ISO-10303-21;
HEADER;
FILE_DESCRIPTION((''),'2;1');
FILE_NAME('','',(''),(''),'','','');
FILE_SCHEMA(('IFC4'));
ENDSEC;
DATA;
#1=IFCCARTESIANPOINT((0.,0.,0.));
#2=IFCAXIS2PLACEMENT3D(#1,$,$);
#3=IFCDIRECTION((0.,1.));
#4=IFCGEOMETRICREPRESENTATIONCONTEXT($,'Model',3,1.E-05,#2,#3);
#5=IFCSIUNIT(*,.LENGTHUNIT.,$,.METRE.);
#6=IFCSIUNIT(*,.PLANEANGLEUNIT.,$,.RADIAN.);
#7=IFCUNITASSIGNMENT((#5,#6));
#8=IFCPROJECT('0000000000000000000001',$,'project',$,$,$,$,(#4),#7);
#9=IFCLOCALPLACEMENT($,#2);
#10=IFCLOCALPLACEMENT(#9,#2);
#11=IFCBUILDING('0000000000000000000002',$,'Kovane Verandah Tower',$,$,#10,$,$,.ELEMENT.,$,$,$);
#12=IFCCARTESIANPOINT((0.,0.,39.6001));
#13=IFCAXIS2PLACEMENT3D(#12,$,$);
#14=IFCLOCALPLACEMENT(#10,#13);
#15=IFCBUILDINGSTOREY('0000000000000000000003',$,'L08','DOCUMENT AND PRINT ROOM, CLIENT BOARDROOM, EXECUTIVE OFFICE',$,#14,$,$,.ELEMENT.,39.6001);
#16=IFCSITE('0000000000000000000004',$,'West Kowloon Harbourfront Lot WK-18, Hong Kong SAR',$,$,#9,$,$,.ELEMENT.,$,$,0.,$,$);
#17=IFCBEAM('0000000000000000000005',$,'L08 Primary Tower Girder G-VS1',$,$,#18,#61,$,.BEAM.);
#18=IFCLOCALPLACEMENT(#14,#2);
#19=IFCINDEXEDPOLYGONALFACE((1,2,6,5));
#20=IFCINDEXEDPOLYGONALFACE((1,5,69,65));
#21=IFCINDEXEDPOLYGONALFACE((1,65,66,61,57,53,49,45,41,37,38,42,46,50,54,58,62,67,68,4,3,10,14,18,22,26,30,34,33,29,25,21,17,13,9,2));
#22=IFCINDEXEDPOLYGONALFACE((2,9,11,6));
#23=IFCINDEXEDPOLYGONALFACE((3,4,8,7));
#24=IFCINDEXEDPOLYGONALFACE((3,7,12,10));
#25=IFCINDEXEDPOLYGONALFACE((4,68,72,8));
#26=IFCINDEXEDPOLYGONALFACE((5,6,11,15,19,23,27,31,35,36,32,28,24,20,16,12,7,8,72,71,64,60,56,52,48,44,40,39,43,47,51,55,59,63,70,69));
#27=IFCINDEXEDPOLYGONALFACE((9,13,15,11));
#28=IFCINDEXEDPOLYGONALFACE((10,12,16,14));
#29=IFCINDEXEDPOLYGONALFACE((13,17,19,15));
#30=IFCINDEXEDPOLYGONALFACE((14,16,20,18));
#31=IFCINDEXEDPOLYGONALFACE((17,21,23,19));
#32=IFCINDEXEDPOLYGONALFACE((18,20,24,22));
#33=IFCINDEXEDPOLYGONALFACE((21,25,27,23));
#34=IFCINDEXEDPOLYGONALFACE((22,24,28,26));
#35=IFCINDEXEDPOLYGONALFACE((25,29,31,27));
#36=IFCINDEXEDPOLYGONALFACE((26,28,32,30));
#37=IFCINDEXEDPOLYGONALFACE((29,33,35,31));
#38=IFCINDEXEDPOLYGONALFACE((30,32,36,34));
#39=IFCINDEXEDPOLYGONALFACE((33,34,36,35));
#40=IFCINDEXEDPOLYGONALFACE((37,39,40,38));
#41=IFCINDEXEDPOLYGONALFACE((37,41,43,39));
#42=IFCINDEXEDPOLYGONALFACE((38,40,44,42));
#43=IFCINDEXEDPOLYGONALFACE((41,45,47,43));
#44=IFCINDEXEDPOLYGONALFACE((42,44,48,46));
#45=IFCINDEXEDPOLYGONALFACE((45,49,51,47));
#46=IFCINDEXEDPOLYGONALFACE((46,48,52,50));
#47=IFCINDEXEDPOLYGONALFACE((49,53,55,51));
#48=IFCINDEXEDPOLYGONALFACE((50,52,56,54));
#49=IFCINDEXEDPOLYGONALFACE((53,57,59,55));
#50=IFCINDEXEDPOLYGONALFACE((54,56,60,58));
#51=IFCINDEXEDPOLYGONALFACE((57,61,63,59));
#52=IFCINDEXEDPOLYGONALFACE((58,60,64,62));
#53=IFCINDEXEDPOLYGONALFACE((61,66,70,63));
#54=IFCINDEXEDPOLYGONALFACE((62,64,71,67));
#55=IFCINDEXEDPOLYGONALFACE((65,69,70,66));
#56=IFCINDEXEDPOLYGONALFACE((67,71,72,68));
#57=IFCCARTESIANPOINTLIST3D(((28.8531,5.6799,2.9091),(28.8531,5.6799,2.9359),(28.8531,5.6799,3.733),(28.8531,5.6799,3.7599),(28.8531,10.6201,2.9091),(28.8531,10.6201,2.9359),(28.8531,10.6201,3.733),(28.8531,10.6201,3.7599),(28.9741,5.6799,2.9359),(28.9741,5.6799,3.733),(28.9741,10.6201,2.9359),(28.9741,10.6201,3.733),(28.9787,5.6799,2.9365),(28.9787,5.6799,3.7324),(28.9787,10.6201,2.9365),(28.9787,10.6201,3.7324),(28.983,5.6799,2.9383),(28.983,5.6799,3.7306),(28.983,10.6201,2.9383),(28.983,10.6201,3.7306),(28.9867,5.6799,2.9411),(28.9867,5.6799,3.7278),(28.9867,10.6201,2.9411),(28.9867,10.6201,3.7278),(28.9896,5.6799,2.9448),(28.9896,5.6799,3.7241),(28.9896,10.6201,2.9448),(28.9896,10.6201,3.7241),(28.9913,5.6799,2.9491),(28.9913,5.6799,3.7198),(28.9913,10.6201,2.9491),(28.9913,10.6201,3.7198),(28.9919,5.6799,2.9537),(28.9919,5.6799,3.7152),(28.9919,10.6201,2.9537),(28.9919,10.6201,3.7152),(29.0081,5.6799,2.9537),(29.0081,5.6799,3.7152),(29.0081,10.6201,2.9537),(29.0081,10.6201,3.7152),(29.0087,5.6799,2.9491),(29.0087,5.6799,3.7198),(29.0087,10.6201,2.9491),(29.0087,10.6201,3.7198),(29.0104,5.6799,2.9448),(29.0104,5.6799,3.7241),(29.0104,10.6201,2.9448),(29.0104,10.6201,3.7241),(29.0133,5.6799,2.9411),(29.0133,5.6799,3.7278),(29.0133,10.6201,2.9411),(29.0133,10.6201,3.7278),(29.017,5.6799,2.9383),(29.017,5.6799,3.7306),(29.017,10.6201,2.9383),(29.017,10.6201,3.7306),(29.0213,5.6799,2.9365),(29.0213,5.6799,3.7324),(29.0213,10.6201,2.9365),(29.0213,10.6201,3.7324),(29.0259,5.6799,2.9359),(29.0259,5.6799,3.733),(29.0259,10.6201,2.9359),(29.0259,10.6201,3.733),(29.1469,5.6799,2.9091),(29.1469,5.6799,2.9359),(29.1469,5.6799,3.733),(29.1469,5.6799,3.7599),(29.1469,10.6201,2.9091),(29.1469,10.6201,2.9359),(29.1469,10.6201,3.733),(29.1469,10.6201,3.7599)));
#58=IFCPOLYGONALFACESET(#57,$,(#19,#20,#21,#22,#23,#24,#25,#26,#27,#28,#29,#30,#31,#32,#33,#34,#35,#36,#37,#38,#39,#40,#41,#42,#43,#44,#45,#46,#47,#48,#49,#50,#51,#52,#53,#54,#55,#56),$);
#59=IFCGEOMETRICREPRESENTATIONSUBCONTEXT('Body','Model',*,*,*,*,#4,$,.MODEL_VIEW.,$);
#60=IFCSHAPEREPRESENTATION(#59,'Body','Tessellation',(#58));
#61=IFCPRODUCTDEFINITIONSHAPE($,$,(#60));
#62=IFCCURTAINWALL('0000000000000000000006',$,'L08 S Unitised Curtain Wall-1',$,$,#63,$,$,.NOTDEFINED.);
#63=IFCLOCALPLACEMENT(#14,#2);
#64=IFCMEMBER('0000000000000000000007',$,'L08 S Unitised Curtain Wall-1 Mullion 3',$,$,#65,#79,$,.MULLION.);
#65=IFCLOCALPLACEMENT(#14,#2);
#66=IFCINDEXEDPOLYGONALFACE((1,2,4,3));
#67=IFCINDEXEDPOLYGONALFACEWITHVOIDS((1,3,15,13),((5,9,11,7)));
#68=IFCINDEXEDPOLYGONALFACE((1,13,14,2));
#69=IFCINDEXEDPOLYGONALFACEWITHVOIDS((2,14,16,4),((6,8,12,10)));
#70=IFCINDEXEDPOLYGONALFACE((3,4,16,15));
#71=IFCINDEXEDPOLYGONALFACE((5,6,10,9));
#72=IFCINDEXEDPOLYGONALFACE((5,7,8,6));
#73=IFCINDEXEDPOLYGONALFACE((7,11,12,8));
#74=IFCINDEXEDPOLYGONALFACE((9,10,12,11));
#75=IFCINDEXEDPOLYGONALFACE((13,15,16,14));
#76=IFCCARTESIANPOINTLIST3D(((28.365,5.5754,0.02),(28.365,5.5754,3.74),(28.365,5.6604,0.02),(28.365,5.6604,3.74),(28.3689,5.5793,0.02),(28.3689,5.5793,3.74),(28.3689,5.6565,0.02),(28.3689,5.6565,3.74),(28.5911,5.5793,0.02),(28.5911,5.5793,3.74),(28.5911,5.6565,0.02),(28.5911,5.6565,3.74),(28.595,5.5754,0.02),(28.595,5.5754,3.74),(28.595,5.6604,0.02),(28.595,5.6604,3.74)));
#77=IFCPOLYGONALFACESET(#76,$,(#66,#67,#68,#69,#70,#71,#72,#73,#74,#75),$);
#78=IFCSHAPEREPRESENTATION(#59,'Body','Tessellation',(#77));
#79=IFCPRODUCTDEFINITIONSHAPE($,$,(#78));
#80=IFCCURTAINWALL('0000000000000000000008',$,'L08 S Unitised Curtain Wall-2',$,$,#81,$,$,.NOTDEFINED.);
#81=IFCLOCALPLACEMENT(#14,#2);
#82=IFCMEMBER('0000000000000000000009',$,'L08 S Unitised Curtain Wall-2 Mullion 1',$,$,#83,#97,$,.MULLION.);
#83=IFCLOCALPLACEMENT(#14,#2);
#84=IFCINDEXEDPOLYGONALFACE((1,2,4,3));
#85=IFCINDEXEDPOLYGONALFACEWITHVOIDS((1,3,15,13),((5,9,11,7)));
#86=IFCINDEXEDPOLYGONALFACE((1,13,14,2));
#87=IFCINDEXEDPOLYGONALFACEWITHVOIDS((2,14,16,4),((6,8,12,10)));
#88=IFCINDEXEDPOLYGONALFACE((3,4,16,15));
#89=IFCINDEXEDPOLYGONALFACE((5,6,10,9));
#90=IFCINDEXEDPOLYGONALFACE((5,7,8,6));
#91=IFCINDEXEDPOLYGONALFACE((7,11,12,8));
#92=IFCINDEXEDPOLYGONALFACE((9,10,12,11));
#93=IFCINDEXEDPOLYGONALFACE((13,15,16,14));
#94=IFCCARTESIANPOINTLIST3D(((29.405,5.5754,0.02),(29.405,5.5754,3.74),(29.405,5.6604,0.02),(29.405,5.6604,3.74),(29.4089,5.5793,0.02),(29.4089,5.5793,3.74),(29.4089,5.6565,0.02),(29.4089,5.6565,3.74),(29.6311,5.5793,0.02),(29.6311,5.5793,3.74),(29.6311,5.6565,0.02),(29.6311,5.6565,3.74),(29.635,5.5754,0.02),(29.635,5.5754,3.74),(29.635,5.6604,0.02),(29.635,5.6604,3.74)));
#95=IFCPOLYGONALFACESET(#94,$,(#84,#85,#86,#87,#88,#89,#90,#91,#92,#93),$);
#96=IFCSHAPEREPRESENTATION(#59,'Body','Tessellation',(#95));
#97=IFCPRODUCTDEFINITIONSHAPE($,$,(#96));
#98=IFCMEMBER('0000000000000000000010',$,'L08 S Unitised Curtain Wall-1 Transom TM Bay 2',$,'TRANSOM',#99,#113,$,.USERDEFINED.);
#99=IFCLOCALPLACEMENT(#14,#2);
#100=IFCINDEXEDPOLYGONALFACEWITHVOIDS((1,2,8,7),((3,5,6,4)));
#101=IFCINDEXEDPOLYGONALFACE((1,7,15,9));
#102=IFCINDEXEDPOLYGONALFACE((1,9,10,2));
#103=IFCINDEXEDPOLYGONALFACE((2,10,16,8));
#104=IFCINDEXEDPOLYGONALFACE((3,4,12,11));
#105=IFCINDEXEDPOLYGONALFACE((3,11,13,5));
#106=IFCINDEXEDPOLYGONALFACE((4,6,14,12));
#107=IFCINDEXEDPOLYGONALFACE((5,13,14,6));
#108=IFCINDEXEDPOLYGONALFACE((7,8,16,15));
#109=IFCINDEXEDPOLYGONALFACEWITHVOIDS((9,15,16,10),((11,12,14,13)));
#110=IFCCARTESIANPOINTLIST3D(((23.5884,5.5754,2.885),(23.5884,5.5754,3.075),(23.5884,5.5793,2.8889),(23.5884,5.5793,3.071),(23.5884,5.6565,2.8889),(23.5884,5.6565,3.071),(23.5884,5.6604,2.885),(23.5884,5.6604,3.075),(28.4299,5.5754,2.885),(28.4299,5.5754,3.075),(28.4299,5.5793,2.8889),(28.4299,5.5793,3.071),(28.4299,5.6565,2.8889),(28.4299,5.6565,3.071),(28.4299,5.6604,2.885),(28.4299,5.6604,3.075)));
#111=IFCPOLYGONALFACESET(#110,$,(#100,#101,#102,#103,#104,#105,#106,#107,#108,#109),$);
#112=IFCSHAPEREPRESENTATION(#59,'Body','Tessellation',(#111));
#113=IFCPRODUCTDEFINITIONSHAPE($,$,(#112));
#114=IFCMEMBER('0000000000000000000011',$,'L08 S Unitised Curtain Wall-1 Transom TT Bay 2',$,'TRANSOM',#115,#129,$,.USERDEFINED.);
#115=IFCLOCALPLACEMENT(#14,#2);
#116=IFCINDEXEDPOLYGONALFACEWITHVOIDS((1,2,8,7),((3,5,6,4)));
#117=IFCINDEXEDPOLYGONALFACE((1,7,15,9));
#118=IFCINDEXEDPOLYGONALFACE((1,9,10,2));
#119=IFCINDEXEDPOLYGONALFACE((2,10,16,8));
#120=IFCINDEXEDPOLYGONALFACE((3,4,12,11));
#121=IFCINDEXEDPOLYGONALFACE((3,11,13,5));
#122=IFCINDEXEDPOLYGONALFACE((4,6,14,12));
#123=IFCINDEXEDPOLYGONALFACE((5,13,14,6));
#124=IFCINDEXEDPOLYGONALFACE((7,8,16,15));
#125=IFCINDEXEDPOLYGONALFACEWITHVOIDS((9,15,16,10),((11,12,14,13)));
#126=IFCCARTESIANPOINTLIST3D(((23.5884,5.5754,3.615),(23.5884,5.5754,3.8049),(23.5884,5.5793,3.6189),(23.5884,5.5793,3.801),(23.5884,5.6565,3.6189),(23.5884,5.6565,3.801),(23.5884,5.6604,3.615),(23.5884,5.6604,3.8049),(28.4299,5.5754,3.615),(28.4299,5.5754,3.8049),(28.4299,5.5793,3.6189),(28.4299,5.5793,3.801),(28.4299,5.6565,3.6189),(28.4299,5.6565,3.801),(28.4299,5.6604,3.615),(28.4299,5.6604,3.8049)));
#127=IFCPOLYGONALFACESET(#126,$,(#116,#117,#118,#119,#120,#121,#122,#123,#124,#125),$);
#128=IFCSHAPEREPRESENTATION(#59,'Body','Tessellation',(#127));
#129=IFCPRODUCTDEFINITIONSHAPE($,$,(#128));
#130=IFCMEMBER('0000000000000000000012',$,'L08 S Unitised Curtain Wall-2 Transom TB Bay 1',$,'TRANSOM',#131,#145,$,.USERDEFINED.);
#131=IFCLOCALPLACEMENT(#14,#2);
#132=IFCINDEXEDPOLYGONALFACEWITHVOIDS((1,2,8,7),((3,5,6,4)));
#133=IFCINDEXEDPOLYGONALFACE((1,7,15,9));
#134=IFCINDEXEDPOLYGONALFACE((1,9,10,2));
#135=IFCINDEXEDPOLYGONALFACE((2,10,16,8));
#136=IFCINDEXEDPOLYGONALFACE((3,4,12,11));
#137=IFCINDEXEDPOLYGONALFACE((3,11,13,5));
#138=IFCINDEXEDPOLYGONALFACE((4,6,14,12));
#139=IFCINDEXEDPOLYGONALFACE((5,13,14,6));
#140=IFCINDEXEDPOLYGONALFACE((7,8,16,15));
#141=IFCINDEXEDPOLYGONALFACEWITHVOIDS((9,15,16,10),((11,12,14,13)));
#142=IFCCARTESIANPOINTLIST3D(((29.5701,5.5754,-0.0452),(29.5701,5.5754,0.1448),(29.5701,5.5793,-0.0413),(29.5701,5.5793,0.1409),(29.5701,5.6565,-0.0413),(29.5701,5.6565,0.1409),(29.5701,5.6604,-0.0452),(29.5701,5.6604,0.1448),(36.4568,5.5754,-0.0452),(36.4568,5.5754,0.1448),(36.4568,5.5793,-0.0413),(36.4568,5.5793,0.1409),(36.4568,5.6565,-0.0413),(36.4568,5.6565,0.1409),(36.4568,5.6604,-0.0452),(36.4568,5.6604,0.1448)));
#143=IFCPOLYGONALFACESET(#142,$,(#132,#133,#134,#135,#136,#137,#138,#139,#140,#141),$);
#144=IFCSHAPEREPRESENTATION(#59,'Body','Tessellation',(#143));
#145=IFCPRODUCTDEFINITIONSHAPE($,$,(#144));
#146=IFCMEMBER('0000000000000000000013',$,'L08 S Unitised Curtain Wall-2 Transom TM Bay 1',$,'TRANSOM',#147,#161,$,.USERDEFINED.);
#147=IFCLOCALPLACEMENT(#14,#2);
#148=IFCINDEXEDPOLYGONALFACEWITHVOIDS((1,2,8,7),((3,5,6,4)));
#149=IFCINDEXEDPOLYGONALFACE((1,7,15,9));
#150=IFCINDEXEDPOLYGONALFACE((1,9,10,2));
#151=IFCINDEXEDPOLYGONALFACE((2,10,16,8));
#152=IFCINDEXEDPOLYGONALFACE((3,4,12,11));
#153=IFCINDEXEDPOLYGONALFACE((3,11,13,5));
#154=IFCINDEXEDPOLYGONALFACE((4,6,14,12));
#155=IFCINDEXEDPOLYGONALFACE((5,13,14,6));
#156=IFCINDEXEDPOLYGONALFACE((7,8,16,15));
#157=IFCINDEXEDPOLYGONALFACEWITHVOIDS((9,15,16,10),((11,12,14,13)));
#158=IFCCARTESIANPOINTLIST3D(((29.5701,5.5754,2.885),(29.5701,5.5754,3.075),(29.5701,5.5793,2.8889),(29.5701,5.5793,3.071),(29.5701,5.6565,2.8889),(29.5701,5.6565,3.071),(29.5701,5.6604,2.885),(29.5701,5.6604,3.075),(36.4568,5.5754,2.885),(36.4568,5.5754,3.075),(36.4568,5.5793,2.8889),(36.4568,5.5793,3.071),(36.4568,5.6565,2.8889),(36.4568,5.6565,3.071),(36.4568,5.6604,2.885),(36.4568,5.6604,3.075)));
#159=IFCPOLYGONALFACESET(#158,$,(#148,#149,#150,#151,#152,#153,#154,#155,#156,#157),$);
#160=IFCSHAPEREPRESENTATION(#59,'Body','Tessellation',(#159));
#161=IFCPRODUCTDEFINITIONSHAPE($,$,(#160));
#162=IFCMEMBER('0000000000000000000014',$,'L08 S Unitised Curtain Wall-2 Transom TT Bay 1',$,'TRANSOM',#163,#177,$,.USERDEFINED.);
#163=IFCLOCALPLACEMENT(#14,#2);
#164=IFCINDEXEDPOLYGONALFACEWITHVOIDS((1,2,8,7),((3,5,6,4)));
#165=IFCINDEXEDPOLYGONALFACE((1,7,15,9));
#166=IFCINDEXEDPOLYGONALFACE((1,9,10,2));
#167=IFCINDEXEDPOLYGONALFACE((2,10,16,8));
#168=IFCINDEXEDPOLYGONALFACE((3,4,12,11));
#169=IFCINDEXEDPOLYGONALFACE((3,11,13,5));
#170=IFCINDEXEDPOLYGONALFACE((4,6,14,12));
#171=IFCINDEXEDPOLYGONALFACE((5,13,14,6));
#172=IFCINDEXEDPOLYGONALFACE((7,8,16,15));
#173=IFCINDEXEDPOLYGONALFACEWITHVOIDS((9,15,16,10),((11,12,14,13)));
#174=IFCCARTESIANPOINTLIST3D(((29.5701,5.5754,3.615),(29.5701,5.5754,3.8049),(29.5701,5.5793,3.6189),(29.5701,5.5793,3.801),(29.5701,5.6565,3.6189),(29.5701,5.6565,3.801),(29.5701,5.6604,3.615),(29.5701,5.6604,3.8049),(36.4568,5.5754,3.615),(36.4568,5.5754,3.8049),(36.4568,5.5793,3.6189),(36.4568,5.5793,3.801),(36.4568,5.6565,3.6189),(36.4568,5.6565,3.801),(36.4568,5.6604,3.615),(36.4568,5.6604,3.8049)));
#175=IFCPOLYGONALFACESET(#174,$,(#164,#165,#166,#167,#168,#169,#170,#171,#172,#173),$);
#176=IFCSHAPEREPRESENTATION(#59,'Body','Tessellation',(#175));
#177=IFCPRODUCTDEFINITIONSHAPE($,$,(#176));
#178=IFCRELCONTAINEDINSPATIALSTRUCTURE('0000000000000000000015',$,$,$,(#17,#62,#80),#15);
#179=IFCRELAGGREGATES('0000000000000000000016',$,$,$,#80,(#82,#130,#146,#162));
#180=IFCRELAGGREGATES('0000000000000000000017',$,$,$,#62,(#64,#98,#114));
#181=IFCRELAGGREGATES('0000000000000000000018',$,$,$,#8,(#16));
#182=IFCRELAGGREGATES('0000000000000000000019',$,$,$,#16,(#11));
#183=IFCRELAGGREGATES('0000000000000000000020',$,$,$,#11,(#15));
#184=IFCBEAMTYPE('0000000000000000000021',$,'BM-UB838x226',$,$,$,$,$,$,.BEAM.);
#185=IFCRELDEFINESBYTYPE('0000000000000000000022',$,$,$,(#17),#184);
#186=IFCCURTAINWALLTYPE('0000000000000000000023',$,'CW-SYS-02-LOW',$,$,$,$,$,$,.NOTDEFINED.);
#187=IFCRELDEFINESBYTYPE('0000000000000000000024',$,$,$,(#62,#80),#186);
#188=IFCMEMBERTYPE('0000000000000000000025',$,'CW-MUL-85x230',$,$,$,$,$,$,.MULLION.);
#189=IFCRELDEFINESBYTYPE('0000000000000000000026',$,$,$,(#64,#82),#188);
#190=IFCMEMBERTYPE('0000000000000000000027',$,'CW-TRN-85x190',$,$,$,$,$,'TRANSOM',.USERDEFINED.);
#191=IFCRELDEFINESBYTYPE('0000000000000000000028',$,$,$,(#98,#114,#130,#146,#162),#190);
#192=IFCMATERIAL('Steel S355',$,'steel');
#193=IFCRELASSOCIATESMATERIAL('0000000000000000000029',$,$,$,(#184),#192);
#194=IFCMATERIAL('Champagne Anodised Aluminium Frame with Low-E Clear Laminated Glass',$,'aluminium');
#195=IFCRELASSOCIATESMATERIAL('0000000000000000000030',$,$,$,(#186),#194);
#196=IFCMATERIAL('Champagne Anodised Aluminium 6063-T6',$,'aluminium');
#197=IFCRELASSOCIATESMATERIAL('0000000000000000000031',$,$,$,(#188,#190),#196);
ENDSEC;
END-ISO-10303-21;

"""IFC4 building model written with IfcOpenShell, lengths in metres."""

from ifc_helpers import new_model, si_unit, direction, frame, origin, origin_2d, place, context, subcontext, project, spatial, hollow_rectangle, i_section, extrude, material, material_profile, profile_set, type_object, element, aggregate, save


model = new_model("IFC4")

# Units and contexts
model_context = context("Model", 3, precision=1e-05, world=origin(), true_north=direction((0.0, 1.0)))
body_context = subcontext(model_context, "Body", "Model", "MODEL_VIEW")
ifc_project = project(units=[si_unit("LENGTHUNIT", "METRE"), si_unit("PLANEANGLEUNIT", "RADIAN")], contexts=[model_context])

# Site, building, storey
site_placement = place(None, origin())
site = spatial("IfcSite", under=ifc_project, at=site_placement, Name="West Kowloon Harbourfront Lot WK-18, Hong Kong SAR", CompositionType="ELEMENT", RefElevation=0.0)
building_placement = place(site_placement, origin())
building = spatial("IfcBuilding", under=site, at=building_placement, Name="Kovane Verandah Tower", CompositionType="ELEMENT")
storey_placement = place(building_placement, frame((0.0, 0.0, 39.6001)))
storey = spatial("IfcBuildingStorey", under=building, at=storey_placement, Name="L08", Description="DOCUMENT AND PRINT ROOM, CLIENT BOARDROOM, EXECUTIVE OFFICE", CompositionType="ELEMENT", Elevation=39.6001)

# Beam
ifc_material_1 = material(Name="Steel S355", Category="steel")
ifc_material_profile_1 = material_profile(ifc_material_1, i_section(OverallWidth=0.2937, OverallDepth=0.8508, WebThickness=0.0161, FlangeThickness=0.0269, FilletRadius=0.0178, at=origin_2d()), Name="UB838x292x226")
ifc_profile_set_1 = profile_set([ifc_material_profile_1], Name="Steel S355")
beam_type_1 = type_object("IfcBeamType", Name="BM-UB838x226", PredefinedType="BEAM", material=ifc_profile_set_1)
beam_1_placement = place(storey_placement, frame((29.0, 10.6201, 3.3345), z_axis=(0.0, -1.0, 0.0), x_axis=(1.0, 0.0, 0.0)))
element("IfcBeam", 1, at=beam_1_placement, inside=storey, type_object=beam_type_1, Name="L08 Primary Tower Girder G-VS1", PredefinedType="BEAM", context=body_context, shape_type="SweptSolid", body=[
    extrude(i_section(OverallWidth=0.2937, OverallDepth=0.8508, WebThickness=0.0161, FlangeThickness=0.0269, FilletRadius=0.0178, at=origin_2d()), origin(), (0.0, 0.0, 1.0), 4.9402),
])

# Curtain walls, members
ifc_material_2 = material(Name="Champagne Anodised Aluminium Frame with Low-E Clear Laminated Glass", Category="aluminium")
curtain_wall_type = type_object("IfcCurtainWallType", Name="CW-SYS-02-LOW", PredefinedType="NOTDEFINED", material=ifc_material_2)
curtain_wall_1_placement = place(storey_placement, origin())
curtain_wall_1 = element("IfcCurtainWall", 2, at=curtain_wall_1_placement, inside=storey, type_object=curtain_wall_type, Name="L08 S Unitised Curtain Wall-1", PredefinedType="NOTDEFINED")
ifc_material_3 = material(Name="Champagne Anodised Aluminium 6063-T6", Category="aluminium")
ifc_material_profile_2 = material_profile(ifc_material_3, hollow_rectangle(XDim=0.085, YDim=0.23, WallThickness=0.0039, at=origin_2d()), Name="AL85x230x4")
ifc_profile_set_2 = profile_set([ifc_material_profile_2], Name="Champagne Anodised Aluminium 6063-T6")
member_type_1 = type_object("IfcMemberType", Name="CW-MUL-85x230", PredefinedType="MULLION", material=ifc_profile_set_2)
member_1_placement = place(storey_placement, frame((28.48, 5.6179, 0.02), z_axis=(0.0, 0.0, 1.0), x_axis=(0.0, -1.0, 0.0)))
member_1 = element("IfcMember", 3, at=member_1_placement, type_object=member_type_1, Name="L08 S Unitised Curtain Wall-1 Mullion 3", PredefinedType="MULLION", context=body_context, shape_type="SweptSolid", body=[
    extrude(hollow_rectangle(XDim=0.085, YDim=0.23, WallThickness=0.0039, at=origin_2d()), origin(), (0.0, 0.0, 1.0), 3.72),
])
curtain_wall_2_placement = place(storey_placement, origin())
curtain_wall_2 = element("IfcCurtainWall", 4, at=curtain_wall_2_placement, inside=storey, type_object=curtain_wall_type, Name="L08 S Unitised Curtain Wall-2", PredefinedType="NOTDEFINED")
member_2_placement = place(storey_placement, frame((29.52, 5.6179, 0.02), z_axis=(0.0, 0.0, 1.0), x_axis=(0.0, -1.0, 0.0)))
member_2 = element("IfcMember", 5, at=member_2_placement, type_object=member_type_1, Name="L08 S Unitised Curtain Wall-2 Mullion 1", PredefinedType="MULLION", context=body_context, shape_type="SweptSolid", body=[
    extrude(hollow_rectangle(XDim=0.085, YDim=0.23, WallThickness=0.0039, at=origin_2d()), origin(), (0.0, 0.0, 1.0), 3.72),
])

# Members
ifc_material_profile_3 = material_profile(ifc_material_3, hollow_rectangle(XDim=0.085, YDim=0.1899, WallThickness=0.0039, at=origin_2d()), Name="AL85x190x4")
ifc_profile_set_3 = profile_set([ifc_material_profile_3], Name="Champagne Anodised Aluminium 6063-T6")
member_type_2 = type_object("IfcMemberType", Name="CW-TRN-85x190", ElementType="TRANSOM", PredefinedType="USERDEFINED", material=ifc_profile_set_3)
member_3_placement = place(storey_placement, frame((23.5884, 5.6179, 2.98), z_axis=(1.0, 0.0, 0.0), x_axis=(0.0, 1.0, 0.0)))
member_3 = element("IfcMember", 6, at=member_3_placement, type_object=member_type_2, Name="L08 S Unitised Curtain Wall-1 Transom TM Bay 2", ObjectType="TRANSOM", PredefinedType="USERDEFINED", context=body_context, shape_type="SweptSolid", body=[
    extrude(hollow_rectangle(XDim=0.085, YDim=0.1899, WallThickness=0.0039, at=origin_2d()), origin(), (0.0, 0.0, 1.0), 4.8416),
])
member_4_placement = place(storey_placement, frame((23.5884, 5.6179, 3.71), z_axis=(1.0, 0.0, 0.0), x_axis=(0.0, 1.0, 0.0)))
member_4 = element("IfcMember", 7, at=member_4_placement, type_object=member_type_2, Name="L08 S Unitised Curtain Wall-1 Transom TT Bay 2", ObjectType="TRANSOM", PredefinedType="USERDEFINED", context=body_context, shape_type="SweptSolid", body=[
    extrude(hollow_rectangle(XDim=0.085, YDim=0.1899, WallThickness=0.0039, at=origin_2d()), origin(), (0.0, 0.0, 1.0), 4.8416),
])
member_5_placement = place(storey_placement, frame((29.5701, 5.6179, 0.0498), z_axis=(1.0, 0.0, 0.0), x_axis=(0.0, 1.0, 0.0)))
member_5 = element("IfcMember", 8, at=member_5_placement, type_object=member_type_2, Name="L08 S Unitised Curtain Wall-2 Transom TB Bay 1", ObjectType="TRANSOM", PredefinedType="USERDEFINED", context=body_context, shape_type="SweptSolid", body=[
    extrude(hollow_rectangle(XDim=0.085, YDim=0.1899, WallThickness=0.0039, at=origin_2d()), origin(), (0.0, 0.0, 1.0), 6.8867),
])
member_6_placement = place(storey_placement, frame((29.5701, 5.6179, 2.98), z_axis=(1.0, 0.0, 0.0), x_axis=(0.0, 1.0, 0.0)))
member_6 = element("IfcMember", 9, at=member_6_placement, type_object=member_type_2, Name="L08 S Unitised Curtain Wall-2 Transom TM Bay 1", ObjectType="TRANSOM", PredefinedType="USERDEFINED", context=body_context, shape_type="SweptSolid", body=[
    extrude(hollow_rectangle(XDim=0.085, YDim=0.1899, WallThickness=0.0039, at=origin_2d()), origin(), (0.0, 0.0, 1.0), 6.8867),
])
member_7_placement = place(storey_placement, frame((29.5701, 5.6179, 3.71), z_axis=(1.0, 0.0, 0.0), x_axis=(0.0, 1.0, 0.0)))
member_7 = element("IfcMember", 10, at=member_7_placement, type_object=member_type_2, Name="L08 S Unitised Curtain Wall-2 Transom TT Bay 1", ObjectType="TRANSOM", PredefinedType="USERDEFINED", context=body_context, shape_type="SweptSolid", body=[
    extrude(hollow_rectangle(XDim=0.085, YDim=0.1899, WallThickness=0.0039, at=origin_2d()), origin(), (0.0, 0.0, 1.0), 6.8867),
])
aggregate(curtain_wall_2, [member_2, member_5, member_6, member_7])

aggregate(curtain_wall_1, [member_1, member_3, member_4])

save(model, "model.ifc")
